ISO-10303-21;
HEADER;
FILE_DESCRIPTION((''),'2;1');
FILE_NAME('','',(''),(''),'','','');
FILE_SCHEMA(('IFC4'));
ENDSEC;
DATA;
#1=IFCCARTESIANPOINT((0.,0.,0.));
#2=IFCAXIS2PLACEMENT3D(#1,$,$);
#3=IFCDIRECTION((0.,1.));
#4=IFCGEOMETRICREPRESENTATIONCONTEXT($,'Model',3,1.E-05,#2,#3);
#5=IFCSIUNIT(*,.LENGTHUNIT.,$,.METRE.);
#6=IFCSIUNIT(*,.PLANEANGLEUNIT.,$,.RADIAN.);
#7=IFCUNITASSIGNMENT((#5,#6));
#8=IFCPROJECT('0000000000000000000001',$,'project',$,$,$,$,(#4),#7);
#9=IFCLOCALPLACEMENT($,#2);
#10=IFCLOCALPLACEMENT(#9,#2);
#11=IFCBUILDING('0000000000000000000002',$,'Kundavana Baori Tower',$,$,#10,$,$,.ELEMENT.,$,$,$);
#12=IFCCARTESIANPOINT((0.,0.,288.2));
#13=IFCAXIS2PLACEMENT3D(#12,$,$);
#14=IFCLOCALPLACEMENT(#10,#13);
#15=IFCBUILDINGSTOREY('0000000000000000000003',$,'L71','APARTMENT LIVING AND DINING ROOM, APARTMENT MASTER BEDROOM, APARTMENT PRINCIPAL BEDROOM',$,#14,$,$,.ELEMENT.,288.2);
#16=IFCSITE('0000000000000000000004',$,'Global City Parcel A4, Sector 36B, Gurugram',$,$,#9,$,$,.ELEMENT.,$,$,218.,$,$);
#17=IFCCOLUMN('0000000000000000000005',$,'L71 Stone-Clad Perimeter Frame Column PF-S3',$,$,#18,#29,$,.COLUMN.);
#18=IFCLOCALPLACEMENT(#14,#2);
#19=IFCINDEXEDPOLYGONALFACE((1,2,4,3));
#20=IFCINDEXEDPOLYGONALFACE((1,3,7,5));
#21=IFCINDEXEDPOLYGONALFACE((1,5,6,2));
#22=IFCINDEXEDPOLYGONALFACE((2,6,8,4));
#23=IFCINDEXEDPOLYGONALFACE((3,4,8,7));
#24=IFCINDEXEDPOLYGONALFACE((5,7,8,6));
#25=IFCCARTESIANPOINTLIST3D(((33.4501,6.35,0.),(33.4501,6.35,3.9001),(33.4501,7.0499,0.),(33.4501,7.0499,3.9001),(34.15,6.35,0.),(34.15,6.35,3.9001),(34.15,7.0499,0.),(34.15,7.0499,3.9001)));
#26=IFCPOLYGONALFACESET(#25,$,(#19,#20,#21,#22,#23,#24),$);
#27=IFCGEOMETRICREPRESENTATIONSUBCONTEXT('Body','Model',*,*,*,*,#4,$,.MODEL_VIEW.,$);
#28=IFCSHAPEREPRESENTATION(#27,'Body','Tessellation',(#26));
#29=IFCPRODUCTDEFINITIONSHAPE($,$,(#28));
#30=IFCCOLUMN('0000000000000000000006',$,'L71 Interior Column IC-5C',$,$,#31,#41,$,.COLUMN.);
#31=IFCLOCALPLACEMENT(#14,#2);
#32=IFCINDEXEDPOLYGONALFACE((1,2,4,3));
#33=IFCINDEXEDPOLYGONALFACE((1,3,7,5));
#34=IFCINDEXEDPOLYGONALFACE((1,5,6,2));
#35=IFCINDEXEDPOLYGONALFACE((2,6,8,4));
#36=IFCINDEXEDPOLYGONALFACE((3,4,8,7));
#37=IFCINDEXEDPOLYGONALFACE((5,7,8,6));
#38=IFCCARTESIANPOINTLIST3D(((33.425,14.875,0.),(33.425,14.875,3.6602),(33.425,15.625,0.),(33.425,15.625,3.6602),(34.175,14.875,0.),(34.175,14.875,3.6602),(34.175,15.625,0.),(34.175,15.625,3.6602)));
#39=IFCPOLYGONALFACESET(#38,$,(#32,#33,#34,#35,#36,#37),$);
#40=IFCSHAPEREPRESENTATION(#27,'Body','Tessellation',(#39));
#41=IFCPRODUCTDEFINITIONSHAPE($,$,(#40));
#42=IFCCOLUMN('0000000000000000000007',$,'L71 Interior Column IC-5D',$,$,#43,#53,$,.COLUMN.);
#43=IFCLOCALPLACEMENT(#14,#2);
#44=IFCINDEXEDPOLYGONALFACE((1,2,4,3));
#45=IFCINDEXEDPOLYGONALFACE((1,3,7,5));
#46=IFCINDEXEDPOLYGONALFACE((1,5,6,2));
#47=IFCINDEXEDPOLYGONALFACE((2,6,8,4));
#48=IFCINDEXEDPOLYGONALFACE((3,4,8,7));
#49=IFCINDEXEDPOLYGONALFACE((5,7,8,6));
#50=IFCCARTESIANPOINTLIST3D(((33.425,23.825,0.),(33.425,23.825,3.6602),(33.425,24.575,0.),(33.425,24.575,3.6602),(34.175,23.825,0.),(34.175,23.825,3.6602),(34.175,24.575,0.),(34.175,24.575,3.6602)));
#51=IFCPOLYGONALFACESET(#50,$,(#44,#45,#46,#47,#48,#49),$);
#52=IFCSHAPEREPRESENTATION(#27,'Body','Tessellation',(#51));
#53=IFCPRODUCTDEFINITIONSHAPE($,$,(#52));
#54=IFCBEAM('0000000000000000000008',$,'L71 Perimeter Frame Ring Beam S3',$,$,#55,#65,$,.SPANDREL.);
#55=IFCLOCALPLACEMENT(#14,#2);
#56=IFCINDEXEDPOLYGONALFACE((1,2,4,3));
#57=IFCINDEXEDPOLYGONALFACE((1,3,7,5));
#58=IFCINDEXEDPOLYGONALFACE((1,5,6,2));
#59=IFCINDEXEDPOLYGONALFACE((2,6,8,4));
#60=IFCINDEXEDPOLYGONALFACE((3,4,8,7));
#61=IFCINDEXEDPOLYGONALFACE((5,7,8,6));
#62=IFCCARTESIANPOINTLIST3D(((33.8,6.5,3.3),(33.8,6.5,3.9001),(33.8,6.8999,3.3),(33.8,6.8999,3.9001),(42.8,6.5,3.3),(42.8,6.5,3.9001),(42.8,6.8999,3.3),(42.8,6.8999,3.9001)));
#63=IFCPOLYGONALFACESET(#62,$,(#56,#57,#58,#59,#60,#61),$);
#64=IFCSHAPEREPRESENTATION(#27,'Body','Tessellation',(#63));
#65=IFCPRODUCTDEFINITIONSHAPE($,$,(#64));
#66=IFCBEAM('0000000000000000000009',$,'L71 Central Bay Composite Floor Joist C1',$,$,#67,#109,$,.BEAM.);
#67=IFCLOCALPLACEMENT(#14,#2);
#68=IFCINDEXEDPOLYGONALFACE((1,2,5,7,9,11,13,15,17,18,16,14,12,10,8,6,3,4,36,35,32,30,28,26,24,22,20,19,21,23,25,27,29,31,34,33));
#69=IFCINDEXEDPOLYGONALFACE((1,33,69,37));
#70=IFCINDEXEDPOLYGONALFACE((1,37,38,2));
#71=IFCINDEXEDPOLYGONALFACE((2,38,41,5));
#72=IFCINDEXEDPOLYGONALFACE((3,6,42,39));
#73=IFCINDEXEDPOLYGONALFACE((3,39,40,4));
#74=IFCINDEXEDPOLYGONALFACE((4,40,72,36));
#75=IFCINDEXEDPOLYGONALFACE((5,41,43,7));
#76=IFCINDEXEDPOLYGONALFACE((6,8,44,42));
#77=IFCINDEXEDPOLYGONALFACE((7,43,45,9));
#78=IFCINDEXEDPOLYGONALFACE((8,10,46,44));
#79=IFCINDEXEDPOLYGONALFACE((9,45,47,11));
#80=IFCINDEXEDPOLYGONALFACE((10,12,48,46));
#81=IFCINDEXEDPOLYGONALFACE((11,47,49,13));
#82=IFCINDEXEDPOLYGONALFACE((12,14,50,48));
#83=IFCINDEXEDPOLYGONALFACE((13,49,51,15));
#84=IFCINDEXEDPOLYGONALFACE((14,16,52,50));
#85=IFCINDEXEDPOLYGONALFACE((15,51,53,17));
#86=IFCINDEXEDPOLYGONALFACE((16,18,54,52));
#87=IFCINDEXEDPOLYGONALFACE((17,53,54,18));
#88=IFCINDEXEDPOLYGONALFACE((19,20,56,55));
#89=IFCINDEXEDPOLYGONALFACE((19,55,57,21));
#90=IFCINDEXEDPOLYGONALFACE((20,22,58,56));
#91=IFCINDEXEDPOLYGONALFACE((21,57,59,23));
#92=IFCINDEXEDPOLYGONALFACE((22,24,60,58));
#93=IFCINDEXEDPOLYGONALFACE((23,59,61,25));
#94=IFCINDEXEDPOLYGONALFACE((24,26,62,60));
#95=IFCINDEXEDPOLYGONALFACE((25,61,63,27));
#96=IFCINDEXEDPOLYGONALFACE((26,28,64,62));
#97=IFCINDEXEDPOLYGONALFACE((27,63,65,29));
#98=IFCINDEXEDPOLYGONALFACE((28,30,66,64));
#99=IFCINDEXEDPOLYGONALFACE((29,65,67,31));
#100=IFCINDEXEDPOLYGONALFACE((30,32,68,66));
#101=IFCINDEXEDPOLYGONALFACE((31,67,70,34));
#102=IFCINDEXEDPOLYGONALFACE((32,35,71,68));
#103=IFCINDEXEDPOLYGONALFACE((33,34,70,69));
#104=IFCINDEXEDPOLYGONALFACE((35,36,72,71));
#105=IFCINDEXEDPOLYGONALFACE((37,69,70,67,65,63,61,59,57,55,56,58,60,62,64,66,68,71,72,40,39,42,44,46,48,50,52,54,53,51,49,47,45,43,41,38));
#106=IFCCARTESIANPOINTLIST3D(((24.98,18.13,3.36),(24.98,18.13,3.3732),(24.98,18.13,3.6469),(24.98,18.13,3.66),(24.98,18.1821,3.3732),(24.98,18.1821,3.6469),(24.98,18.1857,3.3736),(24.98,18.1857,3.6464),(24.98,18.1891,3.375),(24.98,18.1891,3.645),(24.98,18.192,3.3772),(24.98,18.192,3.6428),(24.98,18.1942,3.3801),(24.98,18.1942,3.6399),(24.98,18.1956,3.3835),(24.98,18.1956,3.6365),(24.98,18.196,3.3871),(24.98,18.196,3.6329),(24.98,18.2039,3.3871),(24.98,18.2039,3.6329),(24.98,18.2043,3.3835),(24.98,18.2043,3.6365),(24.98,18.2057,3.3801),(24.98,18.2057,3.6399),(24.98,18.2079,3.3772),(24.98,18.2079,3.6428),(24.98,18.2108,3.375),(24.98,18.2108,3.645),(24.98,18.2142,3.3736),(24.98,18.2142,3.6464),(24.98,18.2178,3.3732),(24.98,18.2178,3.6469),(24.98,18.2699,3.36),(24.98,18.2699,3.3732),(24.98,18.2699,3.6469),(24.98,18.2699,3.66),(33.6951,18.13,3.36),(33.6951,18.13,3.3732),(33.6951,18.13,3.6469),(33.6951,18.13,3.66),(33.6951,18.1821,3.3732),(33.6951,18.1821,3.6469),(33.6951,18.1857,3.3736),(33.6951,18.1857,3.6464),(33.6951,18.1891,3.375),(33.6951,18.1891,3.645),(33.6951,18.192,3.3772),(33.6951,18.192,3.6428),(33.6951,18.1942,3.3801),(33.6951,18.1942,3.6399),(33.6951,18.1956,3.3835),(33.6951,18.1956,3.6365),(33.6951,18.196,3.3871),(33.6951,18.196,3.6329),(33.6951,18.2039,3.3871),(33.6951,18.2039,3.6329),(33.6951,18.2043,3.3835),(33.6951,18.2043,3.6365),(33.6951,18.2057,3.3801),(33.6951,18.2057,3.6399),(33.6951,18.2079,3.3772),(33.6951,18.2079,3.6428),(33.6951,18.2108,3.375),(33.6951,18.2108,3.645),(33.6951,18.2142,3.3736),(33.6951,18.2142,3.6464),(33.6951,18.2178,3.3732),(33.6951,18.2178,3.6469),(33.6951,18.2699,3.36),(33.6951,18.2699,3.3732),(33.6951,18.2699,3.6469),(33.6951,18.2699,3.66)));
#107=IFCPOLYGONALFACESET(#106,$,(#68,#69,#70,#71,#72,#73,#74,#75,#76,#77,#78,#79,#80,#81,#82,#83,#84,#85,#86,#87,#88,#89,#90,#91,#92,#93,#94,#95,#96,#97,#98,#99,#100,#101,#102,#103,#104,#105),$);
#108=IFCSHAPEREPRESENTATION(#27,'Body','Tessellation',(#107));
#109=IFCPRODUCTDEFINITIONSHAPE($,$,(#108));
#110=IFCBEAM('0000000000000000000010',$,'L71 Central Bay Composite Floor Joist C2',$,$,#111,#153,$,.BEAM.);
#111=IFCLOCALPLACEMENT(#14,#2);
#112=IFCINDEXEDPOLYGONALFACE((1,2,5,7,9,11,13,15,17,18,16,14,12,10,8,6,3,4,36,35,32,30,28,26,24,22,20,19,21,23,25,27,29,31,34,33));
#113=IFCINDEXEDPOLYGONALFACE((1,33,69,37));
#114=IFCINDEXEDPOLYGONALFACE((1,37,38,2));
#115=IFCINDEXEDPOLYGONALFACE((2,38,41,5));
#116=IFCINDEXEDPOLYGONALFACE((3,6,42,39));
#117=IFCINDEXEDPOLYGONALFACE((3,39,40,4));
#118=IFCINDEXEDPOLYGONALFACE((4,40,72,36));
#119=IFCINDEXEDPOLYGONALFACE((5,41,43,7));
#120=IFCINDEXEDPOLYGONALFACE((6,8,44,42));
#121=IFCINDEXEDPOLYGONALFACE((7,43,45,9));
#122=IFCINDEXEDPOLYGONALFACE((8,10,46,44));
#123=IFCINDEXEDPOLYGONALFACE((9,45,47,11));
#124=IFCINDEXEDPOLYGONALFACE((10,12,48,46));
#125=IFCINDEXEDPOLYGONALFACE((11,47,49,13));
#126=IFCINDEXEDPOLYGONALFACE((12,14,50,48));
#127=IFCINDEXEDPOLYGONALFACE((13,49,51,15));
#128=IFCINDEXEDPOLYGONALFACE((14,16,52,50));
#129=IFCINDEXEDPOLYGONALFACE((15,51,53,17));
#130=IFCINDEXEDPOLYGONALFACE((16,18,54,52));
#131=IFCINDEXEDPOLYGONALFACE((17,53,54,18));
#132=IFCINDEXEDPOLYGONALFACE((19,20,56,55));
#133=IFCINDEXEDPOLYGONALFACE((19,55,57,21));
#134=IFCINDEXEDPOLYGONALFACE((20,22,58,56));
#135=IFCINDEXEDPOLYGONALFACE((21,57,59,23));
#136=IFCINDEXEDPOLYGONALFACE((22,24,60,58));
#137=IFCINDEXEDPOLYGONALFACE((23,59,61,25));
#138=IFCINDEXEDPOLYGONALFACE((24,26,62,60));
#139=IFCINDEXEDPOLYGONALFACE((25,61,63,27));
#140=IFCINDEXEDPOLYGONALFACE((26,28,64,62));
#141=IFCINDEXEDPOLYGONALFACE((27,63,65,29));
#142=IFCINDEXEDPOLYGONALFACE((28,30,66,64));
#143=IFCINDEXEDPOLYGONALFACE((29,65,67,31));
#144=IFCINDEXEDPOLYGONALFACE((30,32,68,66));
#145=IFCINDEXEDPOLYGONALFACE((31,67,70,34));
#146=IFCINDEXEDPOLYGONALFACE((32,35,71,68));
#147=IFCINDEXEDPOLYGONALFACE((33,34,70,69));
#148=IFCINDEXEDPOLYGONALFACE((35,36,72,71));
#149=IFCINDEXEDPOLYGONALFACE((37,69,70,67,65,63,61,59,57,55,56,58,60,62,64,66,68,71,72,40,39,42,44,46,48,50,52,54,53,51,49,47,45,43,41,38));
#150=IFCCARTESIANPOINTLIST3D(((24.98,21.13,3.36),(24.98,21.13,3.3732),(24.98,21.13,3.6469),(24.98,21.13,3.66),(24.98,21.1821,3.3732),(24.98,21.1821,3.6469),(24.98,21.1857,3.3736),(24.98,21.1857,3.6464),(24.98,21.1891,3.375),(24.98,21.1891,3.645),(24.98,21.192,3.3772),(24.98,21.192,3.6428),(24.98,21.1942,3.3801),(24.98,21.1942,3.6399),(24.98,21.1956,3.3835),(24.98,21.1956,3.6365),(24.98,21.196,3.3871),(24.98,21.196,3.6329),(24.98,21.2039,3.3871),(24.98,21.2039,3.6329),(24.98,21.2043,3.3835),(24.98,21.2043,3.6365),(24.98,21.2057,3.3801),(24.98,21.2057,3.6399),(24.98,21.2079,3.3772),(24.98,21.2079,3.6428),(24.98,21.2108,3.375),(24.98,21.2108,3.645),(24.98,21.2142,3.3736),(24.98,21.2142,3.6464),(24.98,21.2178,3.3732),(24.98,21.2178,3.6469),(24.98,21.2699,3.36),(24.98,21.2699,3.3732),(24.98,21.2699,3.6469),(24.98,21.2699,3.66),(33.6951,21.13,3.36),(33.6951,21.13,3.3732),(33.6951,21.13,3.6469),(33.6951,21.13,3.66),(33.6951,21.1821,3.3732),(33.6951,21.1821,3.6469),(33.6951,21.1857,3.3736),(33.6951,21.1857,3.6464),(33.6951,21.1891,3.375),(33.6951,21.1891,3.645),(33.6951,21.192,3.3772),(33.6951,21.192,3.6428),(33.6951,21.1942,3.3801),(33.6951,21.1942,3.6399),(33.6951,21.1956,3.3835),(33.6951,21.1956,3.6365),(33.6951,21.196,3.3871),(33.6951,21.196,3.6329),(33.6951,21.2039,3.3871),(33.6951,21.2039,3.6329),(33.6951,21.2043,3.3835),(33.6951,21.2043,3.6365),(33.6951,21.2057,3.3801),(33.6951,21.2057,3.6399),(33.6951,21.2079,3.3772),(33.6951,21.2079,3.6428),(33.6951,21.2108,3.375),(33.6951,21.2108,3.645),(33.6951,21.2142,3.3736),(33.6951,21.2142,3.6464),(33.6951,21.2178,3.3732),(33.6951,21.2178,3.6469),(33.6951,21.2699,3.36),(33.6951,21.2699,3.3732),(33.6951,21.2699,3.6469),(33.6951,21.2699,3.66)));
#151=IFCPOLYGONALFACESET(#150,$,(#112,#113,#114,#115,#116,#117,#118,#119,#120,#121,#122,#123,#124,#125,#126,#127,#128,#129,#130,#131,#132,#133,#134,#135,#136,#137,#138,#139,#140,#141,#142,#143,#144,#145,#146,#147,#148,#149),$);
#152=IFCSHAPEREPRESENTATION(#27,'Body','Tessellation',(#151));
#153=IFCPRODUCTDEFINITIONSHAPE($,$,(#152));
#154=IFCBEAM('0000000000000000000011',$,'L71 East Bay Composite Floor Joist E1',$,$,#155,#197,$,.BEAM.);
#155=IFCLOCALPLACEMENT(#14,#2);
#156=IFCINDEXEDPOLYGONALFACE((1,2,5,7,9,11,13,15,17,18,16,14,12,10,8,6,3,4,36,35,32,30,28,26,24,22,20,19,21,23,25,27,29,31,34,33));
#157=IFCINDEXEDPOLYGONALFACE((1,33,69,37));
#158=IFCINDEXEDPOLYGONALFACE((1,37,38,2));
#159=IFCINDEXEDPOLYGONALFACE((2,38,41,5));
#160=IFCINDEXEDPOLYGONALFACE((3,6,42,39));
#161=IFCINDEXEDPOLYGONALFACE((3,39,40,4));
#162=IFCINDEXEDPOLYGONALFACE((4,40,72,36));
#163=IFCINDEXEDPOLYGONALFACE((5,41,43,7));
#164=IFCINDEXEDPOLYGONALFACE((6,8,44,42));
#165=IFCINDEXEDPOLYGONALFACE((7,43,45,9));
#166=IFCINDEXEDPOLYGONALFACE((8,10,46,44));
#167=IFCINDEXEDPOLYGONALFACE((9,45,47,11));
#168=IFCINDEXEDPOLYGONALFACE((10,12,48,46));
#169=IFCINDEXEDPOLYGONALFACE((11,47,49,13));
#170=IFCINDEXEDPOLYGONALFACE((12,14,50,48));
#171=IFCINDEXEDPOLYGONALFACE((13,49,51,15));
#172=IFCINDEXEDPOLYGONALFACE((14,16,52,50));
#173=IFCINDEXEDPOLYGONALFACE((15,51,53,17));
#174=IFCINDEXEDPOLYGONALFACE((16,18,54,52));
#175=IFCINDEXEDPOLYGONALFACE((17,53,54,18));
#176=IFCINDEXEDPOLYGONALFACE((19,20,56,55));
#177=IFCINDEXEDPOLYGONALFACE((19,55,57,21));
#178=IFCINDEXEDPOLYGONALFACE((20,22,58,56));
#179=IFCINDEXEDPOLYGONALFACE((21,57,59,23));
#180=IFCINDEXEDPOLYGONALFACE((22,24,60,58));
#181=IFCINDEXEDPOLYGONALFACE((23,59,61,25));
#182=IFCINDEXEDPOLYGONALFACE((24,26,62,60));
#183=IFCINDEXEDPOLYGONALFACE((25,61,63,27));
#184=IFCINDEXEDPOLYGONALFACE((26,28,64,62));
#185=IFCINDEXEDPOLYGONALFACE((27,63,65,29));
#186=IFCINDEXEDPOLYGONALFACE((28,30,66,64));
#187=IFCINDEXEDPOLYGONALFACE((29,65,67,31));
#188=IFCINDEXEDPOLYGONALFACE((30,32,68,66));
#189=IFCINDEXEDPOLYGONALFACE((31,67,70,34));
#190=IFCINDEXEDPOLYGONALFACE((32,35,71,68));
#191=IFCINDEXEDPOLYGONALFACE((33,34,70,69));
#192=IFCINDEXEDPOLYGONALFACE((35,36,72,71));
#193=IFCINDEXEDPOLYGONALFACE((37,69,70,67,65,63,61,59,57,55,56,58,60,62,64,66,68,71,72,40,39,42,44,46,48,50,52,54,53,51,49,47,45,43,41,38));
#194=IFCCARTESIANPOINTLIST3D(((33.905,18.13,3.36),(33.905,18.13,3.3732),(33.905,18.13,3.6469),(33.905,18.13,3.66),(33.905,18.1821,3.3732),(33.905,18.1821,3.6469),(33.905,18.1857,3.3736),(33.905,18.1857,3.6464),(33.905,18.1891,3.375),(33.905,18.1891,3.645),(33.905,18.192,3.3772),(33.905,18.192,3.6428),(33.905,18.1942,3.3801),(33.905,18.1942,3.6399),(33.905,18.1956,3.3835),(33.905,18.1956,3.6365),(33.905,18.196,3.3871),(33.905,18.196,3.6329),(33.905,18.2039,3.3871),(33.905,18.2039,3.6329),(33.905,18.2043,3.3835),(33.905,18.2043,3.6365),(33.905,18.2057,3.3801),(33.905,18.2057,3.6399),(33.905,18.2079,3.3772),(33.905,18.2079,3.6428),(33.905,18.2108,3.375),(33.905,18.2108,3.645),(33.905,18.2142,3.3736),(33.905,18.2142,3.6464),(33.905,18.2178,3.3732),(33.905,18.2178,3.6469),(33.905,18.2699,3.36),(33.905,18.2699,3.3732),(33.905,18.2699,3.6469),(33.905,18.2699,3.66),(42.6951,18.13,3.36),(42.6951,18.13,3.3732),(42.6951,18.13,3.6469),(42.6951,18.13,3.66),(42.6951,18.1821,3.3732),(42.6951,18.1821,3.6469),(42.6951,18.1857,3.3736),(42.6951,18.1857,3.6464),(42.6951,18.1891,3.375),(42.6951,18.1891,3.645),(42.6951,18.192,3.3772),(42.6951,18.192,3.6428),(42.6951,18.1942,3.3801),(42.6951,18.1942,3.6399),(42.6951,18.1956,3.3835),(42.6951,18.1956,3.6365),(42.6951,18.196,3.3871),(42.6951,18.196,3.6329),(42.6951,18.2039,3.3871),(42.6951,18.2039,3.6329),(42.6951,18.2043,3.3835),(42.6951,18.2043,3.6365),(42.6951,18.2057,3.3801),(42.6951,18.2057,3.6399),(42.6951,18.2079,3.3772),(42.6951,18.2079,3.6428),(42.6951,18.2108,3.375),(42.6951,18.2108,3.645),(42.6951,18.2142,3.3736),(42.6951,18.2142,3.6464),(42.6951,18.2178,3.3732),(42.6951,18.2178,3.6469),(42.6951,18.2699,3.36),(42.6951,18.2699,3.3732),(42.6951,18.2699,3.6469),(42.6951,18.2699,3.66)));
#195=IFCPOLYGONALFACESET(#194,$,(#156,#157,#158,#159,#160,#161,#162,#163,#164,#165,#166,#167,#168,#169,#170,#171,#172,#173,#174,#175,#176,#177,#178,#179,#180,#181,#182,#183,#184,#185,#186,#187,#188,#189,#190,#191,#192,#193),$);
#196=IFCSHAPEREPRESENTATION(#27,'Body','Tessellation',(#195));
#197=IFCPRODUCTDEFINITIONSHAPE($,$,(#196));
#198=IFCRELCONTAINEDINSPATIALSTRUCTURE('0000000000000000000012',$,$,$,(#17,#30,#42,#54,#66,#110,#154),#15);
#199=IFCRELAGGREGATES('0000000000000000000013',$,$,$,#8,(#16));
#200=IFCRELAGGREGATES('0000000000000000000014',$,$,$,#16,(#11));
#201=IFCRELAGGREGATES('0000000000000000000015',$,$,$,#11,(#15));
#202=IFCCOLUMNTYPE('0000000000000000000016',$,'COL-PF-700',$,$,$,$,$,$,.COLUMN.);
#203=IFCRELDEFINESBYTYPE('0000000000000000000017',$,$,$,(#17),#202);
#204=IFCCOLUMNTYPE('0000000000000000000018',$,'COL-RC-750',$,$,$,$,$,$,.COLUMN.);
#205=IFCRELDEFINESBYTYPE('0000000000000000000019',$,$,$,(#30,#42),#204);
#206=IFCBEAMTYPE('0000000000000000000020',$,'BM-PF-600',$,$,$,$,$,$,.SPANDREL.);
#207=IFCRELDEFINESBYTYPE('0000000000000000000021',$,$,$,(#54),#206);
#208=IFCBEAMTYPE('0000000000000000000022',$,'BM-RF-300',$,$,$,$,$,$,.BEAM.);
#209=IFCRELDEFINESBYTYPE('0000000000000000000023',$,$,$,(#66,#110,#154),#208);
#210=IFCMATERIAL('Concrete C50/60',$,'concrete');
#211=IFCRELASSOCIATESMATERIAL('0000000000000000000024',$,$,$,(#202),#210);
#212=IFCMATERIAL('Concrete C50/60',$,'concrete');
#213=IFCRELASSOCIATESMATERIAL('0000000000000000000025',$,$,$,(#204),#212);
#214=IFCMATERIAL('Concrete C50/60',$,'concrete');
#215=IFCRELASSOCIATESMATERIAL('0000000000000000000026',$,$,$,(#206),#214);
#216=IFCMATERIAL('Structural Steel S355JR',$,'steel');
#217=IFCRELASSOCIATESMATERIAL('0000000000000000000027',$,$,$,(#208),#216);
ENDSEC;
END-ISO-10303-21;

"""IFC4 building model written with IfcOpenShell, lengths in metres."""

from ifc_helpers import new_model, si_unit, direction, frame, origin, origin_2d, place, context, subcontext, project, spatial, rectangle, i_section, extrude, material, material_profile, profile_set, type_object, element, save


model = new_model("IFC4")

# Units and contexts
model_context = context("Model", 3, precision=1e-05, world=origin(), true_north=direction((0.0, 1.0)))
body_context = subcontext(model_context, "Body", "Model", "MODEL_VIEW")
ifc_project = project(units=[si_unit("LENGTHUNIT", "METRE"), si_unit("PLANEANGLEUNIT", "RADIAN")], contexts=[model_context])

# Site, building, storey
site_placement = place(None, origin())
site = spatial("IfcSite", under=ifc_project, at=site_placement, Name="Global City Parcel A4, Sector 36B, Gurugram", CompositionType="ELEMENT", RefElevation=218.0)
building_placement = place(site_placement, origin())
building = spatial("IfcBuilding", under=site, at=building_placement, Name="Kundavana Baori Tower", CompositionType="ELEMENT")
storey_placement = place(building_placement, frame((0.0, 0.0, 288.2)))
storey = spatial("IfcBuildingStorey", under=building, at=storey_placement, Name="L71", Description="APARTMENT LIVING AND DINING ROOM, APARTMENT MASTER BEDROOM, APARTMENT PRINCIPAL BEDROOM", CompositionType="ELEMENT", Elevation=288.2)

# Columns
ifc_material_1 = material(Name="Concrete C50/60", Category="concrete")
ifc_material_profile_1 = material_profile(ifc_material_1, rectangle(XDim=0.7, YDim=0.7, at=origin_2d()), Name="RC PF 700x700")
ifc_profile_set_1 = profile_set([ifc_material_profile_1], Name="Concrete C50/60")
column_type_1 = type_object("IfcColumnType", Name="COL-PF-700", PredefinedType="COLUMN", material=ifc_profile_set_1)
column_placement = place(storey_placement, frame((33.8, 6.7, 0.0), z_axis=(0.0, 0.0, 1.0), x_axis=(1.0, 0.0, 0.0)))
element("IfcColumn", 1, at=column_placement, inside=storey, type_object=column_type_1, Name="L71 Stone-Clad Perimeter Frame Column PF-S3", PredefinedType="COLUMN", context=body_context, shape_type="SweptSolid", body=[
    extrude(rectangle(XDim=0.7, YDim=0.7, at=origin_2d()), origin(), (0.0, 0.0, 1.0), 3.9001),
])
ifc_material_2 = material(Name="Concrete C50/60", Category="concrete")
ifc_material_profile_2 = material_profile(ifc_material_2, rectangle(XDim=0.75, YDim=0.75, at=origin_2d()), Name="RC 750x750")
ifc_profile_set_2 = profile_set([ifc_material_profile_2], Name="Concrete C50/60")
column_type_2 = type_object("IfcColumnType", Name="COL-RC-750", PredefinedType="COLUMN", material=ifc_profile_set_2)
for number, where, z_axis, x_axis, name in (
    (2, (33.8, 15.25, 0.0), (0.0, 0.0, 1.0), (1.0, 0.0, 0.0), "L71 Interior Column IC-5C"),
    (3, (33.8, 24.2, 0.0), (0.0, 0.0, 1.0), (1.0, 0.0, 0.0), "L71 Interior Column IC-5D"),
):
    element("IfcColumn", number, at=place(storey_placement, frame(where, z_axis=z_axis, x_axis=x_axis)), inside=storey, type_object=column_type_2, Name=name, PredefinedType="COLUMN", context=body_context, shape_type="SweptSolid", body=[
        extrude(rectangle(XDim=0.75, YDim=0.75, at=origin_2d()), origin(), (0.0, 0.0, 1.0), 3.6602),
    ])

# Beams
ifc_material_3 = material(Name="Concrete C50/60", Category="concrete")
ifc_material_profile_3 = material_profile(ifc_material_3, rectangle(XDim=0.3999, YDim=0.6001, at=origin_2d()), Name="RC BM 400x600")
ifc_profile_set_3 = profile_set([ifc_material_profile_3], Name="Concrete C50/60")
beam_type_1 = type_object("IfcBeamType", Name="BM-PF-600", PredefinedType="SPANDREL", material=ifc_profile_set_3)
beam_1_placement = place(storey_placement, frame((33.8, 6.7, 3.6001), z_axis=(1.0, 0.0, 0.0), x_axis=(0.0, 1.0, 0.0)))
element("IfcBeam", 4, at=beam_1_placement, inside=storey, type_object=beam_type_1, Name="L71 Perimeter Frame Ring Beam S3", PredefinedType="SPANDREL", context=body_context, shape_type="SweptSolid", body=[
    extrude(rectangle(XDim=0.3999, YDim=0.6001, at=origin_2d()), origin(), (0.0, 0.0, 1.0), 9.0),
])
ifc_material_4 = material(Name="Structural Steel S355JR", Category="steel")
ifc_material_profile_4 = material_profile(ifc_material_4, i_section(OverallWidth=0.1399, OverallDepth=0.3, WebThickness=0.0078, FlangeThickness=0.0132, FilletRadius=0.0139, at=origin_2d()), Name="ISMB 300")
ifc_profile_set_4 = profile_set([ifc_material_profile_4], Name="Structural Steel S355JR")
beam_type_2 = type_object("IfcBeamType", Name="BM-RF-300", PredefinedType="BEAM", material=ifc_profile_set_4)
for number, where, z_axis, x_axis, name in (
    (5, (24.98, 18.2, 3.51), (1.0, 0.0, 0.0), (0.0, 1.0, 0.0), "L71 Central Bay Composite Floor Joist C1"),
    (6, (24.98, 21.2, 3.51), (1.0, 0.0, 0.0), (0.0, 1.0, 0.0), "L71 Central Bay Composite Floor Joist C2"),
):
    element("IfcBeam", number, at=place(storey_placement, frame(where, z_axis=z_axis, x_axis=x_axis)), inside=storey, type_object=beam_type_2, Name=name, PredefinedType="BEAM", context=body_context, shape_type="SweptSolid", body=[
        extrude(i_section(OverallWidth=0.1399, OverallDepth=0.3, WebThickness=0.0078, FlangeThickness=0.0132, FilletRadius=0.0139, at=origin_2d()), origin(), (0.0, 0.0, 1.0), 8.7151),
    ])
for number, where, z_axis, x_axis, name in (
    (7, (33.905, 18.2, 3.51), (1.0, 0.0, 0.0), (0.0, 1.0, 0.0), "L71 East Bay Composite Floor Joist E1"),
):
    element("IfcBeam", number, at=place(storey_placement, frame(where, z_axis=z_axis, x_axis=x_axis)), inside=storey, type_object=beam_type_2, Name=name, PredefinedType="BEAM", context=body_context, shape_type="SweptSolid", body=[
        extrude(i_section(OverallWidth=0.1399, OverallDepth=0.3, WebThickness=0.0078, FlangeThickness=0.0132, FilletRadius=0.0139, at=origin_2d()), origin(), (0.0, 0.0, 1.0), 8.79),
    ])

save(model, "model.ifc")
